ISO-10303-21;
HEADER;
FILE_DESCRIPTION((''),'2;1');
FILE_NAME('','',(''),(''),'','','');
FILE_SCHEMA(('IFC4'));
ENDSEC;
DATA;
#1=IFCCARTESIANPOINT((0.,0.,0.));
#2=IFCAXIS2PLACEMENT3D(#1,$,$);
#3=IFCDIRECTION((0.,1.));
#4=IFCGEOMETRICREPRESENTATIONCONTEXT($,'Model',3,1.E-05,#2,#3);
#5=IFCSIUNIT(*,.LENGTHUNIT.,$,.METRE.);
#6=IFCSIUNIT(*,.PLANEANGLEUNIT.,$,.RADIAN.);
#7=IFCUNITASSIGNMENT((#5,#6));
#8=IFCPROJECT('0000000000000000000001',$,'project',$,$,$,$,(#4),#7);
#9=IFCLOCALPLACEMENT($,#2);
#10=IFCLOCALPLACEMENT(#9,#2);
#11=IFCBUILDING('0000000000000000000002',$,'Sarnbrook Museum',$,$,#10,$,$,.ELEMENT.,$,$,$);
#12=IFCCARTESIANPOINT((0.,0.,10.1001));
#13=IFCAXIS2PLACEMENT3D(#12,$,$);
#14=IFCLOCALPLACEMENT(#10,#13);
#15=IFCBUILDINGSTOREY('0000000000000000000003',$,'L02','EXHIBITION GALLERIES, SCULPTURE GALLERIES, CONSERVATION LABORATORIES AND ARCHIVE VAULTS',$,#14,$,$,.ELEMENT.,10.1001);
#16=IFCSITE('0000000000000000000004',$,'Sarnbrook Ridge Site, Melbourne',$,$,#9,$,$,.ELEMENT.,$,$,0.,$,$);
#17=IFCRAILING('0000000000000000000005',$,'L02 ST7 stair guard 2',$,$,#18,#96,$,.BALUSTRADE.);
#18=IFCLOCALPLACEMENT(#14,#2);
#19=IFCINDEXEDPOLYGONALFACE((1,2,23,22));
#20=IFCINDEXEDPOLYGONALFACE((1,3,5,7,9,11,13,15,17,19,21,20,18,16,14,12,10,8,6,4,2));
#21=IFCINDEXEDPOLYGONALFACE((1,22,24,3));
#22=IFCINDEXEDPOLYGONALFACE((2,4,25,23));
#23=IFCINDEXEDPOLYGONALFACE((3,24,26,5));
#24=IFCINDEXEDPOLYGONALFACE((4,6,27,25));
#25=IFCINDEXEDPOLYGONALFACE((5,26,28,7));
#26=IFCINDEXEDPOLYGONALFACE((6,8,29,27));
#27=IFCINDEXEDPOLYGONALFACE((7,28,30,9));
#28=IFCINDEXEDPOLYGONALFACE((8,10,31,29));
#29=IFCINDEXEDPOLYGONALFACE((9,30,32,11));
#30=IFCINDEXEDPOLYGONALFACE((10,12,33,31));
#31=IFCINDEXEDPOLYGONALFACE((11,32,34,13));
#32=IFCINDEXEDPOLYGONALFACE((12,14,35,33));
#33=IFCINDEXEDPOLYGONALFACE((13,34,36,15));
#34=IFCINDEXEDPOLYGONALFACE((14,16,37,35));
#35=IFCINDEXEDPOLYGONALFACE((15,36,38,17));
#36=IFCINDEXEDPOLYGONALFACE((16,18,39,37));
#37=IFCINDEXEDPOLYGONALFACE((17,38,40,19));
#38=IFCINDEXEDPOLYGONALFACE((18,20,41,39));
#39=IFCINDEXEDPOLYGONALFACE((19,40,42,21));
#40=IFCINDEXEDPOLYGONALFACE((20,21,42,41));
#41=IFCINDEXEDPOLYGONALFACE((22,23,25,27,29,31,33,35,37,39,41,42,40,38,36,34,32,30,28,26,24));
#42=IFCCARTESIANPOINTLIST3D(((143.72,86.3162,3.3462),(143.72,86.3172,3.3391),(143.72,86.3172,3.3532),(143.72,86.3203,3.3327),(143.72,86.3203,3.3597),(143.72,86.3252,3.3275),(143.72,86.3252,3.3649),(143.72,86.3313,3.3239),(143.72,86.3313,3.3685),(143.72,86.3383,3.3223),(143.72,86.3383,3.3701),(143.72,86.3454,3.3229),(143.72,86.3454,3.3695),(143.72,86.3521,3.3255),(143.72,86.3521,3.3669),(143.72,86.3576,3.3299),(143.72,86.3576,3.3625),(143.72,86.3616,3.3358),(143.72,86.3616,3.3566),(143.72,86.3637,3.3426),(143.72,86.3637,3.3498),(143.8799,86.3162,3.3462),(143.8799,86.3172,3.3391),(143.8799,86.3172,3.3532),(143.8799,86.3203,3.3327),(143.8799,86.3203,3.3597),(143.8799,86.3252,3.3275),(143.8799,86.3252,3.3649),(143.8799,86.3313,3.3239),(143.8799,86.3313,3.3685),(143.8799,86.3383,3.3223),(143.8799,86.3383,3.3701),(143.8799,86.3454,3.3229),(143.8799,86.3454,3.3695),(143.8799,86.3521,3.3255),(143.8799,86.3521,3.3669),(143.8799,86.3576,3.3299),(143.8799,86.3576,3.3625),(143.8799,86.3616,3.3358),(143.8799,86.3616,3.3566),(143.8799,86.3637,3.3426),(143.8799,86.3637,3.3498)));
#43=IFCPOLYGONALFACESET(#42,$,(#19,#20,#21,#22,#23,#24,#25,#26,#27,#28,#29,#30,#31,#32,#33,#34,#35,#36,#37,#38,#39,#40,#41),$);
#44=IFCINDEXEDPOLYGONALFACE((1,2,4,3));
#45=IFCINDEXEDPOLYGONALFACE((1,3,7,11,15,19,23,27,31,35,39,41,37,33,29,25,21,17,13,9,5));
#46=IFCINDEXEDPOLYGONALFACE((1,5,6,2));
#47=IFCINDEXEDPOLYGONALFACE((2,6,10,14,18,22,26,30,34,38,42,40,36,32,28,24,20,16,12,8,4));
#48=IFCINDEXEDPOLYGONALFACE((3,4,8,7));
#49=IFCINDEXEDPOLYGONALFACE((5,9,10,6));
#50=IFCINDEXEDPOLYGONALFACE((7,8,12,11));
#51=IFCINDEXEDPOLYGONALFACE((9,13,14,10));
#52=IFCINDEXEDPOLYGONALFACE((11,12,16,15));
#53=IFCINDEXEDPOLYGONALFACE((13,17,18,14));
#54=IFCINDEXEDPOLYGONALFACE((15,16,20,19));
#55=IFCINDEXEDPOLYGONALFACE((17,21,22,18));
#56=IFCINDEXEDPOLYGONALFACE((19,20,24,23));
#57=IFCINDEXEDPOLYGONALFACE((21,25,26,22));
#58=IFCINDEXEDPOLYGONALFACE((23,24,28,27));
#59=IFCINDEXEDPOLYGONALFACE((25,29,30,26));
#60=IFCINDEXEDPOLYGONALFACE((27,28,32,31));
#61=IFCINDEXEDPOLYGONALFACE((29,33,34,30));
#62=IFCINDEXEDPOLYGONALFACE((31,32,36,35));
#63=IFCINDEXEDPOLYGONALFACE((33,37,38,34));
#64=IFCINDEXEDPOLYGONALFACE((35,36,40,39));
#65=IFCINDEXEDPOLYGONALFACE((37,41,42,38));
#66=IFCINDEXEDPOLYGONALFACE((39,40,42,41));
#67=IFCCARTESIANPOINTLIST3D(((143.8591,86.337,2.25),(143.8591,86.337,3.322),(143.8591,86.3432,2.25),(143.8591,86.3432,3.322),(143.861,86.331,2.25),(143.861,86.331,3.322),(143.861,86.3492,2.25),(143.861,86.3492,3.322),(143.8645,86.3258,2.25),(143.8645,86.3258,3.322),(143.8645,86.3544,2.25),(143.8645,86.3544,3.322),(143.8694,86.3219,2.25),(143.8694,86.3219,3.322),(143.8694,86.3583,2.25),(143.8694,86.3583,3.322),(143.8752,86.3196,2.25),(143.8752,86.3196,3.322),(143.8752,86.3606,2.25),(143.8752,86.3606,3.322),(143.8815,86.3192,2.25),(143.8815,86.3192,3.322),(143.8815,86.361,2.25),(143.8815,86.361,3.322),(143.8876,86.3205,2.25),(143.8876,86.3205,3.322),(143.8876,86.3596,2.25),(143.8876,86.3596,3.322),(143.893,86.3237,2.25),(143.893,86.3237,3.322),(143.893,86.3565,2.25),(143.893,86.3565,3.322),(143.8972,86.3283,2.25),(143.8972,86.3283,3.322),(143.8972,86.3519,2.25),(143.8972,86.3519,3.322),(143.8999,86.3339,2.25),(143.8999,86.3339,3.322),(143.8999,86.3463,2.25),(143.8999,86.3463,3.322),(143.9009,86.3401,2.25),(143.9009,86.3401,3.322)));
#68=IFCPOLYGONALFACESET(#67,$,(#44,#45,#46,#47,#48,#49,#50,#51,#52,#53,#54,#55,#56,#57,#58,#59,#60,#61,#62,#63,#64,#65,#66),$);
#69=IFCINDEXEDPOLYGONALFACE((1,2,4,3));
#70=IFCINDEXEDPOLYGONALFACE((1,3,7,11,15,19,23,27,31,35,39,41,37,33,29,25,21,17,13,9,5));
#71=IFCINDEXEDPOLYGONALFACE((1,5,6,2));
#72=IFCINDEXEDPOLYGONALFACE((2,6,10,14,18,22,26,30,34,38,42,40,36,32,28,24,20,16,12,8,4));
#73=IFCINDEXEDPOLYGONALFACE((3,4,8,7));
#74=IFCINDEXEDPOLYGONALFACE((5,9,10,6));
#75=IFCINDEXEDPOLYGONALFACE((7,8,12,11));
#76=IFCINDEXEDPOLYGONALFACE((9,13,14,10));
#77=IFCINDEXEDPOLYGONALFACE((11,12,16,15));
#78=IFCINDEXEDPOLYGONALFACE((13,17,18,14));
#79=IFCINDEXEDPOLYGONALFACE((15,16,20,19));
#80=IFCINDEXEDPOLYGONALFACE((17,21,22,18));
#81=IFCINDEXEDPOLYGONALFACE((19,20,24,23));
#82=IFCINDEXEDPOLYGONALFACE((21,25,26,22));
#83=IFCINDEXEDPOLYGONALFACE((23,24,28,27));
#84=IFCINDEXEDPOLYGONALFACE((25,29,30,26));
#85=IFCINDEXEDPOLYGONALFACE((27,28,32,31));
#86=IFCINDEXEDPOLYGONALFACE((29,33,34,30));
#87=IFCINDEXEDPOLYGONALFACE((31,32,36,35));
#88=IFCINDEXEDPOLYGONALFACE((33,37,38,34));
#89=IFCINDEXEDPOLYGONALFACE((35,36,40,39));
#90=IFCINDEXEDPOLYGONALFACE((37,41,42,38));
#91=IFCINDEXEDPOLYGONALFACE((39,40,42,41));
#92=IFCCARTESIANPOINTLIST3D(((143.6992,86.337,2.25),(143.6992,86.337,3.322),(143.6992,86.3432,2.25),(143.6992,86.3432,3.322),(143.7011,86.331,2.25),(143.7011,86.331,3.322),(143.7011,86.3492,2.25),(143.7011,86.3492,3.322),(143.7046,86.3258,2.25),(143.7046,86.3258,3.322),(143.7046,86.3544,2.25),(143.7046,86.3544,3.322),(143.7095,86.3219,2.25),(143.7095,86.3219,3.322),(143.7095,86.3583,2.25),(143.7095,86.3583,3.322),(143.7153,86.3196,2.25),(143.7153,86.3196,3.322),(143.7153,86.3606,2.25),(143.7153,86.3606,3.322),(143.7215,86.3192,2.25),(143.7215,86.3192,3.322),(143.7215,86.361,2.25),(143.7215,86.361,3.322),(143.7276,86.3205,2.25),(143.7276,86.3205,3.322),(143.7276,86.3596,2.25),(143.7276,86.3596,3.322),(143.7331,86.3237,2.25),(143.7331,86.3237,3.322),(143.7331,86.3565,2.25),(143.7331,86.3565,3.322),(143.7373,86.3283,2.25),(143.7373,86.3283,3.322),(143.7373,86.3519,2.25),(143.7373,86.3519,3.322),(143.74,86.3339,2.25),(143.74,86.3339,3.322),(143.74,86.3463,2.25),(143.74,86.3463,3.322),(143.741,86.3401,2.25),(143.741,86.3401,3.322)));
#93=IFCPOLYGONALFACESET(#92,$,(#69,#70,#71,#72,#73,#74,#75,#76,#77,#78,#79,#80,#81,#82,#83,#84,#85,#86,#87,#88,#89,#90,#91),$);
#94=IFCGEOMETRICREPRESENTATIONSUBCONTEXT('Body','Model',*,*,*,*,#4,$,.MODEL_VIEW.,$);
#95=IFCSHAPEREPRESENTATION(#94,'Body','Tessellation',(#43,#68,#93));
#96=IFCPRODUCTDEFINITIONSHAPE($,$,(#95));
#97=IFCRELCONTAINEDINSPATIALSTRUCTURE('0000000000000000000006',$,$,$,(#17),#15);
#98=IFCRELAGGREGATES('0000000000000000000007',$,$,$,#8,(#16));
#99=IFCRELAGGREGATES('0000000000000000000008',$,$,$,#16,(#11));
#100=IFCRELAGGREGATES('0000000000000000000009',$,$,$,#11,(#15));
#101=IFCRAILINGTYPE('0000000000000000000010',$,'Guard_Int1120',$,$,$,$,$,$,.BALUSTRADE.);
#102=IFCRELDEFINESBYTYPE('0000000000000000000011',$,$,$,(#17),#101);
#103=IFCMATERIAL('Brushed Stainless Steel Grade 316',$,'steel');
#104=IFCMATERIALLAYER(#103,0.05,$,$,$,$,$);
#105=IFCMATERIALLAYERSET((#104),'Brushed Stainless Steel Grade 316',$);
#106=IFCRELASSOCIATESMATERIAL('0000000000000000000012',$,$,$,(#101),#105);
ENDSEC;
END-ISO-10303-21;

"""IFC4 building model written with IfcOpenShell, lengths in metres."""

from ifc_helpers import new_model, si_unit, direction, frame, origin, origin_2d, place, context, subcontext, project, spatial, circle, extrude, material, layer, layer_set, type_object, element, save


model = new_model("IFC4")

# Units and contexts
model_context = context("Model", 3, precision=1e-05, world=origin(), true_north=direction((0.0, 1.0)))
body_context = subcontext(model_context, "Body", "Model", "MODEL_VIEW")
ifc_project = project(units=[si_unit("LENGTHUNIT", "METRE"), si_unit("PLANEANGLEUNIT", "RADIAN")], contexts=[model_context])

# Site, building, storey
site_placement = place(None, origin())
site = spatial("IfcSite", under=ifc_project, at=site_placement, Name="Sarnbrook Ridge Site, Melbourne", CompositionType="ELEMENT", RefElevation=0.0)
building_placement = place(site_placement, origin())
building = spatial("IfcBuilding", under=site, at=building_placement, Name="Sarnbrook Museum", CompositionType="ELEMENT")
storey_placement = place(building_placement, frame((0.0, 0.0, 10.1001)))
storey = spatial("IfcBuildingStorey", under=building, at=storey_placement, Name="L02", Description="EXHIBITION GALLERIES, SCULPTURE GALLERIES, CONSERVATION LABORATORIES AND ARCHIVE VAULTS", CompositionType="ELEMENT", Elevation=10.1001)

# Railing
ifc_material_1 = material(Name="Brushed Stainless Steel Grade 316", Category="steel")
ifc_layer_1 = layer(ifc_material_1, 0.05)
ifc_layer_set_1 = layer_set([ifc_layer_1], Name="Brushed Stainless Steel Grade 316")
railing_type_1 = type_object("IfcRailingType", Name="Guard_Int1120", PredefinedType="BALUSTRADE", material=ifc_layer_set_1)
railing_1_placement = place(storey_placement, frame((143.8799, 86.3401, 2.25)))
element("IfcRailing", 1, at=railing_1_placement, inside=storey, type_object=railing_type_1, Name="L02 ST7 stair guard 2", PredefinedType="BALUSTRADE", context=body_context, shape_type="SweptSolid", body=[
    extrude(circle(Radius=0.0239, at=origin_2d()), frame((0.0, 0.0, 1.0962), z_axis=(-1.0, 0.0, 0.0), x_axis=(0.0, -1.0, 0.0)), (0.0, 0.0, 1.0), 0.1599),
    extrude(circle(Radius=0.021, at=origin_2d()), origin(), (0.0, 0.0, 1.0), 1.072),
    extrude(circle(Radius=0.021, at=origin_2d()), frame((-0.1599, 0.0, 0.0)), (0.0, 0.0, 1.0), 1.072),
])

save(model, "model.ifc")
